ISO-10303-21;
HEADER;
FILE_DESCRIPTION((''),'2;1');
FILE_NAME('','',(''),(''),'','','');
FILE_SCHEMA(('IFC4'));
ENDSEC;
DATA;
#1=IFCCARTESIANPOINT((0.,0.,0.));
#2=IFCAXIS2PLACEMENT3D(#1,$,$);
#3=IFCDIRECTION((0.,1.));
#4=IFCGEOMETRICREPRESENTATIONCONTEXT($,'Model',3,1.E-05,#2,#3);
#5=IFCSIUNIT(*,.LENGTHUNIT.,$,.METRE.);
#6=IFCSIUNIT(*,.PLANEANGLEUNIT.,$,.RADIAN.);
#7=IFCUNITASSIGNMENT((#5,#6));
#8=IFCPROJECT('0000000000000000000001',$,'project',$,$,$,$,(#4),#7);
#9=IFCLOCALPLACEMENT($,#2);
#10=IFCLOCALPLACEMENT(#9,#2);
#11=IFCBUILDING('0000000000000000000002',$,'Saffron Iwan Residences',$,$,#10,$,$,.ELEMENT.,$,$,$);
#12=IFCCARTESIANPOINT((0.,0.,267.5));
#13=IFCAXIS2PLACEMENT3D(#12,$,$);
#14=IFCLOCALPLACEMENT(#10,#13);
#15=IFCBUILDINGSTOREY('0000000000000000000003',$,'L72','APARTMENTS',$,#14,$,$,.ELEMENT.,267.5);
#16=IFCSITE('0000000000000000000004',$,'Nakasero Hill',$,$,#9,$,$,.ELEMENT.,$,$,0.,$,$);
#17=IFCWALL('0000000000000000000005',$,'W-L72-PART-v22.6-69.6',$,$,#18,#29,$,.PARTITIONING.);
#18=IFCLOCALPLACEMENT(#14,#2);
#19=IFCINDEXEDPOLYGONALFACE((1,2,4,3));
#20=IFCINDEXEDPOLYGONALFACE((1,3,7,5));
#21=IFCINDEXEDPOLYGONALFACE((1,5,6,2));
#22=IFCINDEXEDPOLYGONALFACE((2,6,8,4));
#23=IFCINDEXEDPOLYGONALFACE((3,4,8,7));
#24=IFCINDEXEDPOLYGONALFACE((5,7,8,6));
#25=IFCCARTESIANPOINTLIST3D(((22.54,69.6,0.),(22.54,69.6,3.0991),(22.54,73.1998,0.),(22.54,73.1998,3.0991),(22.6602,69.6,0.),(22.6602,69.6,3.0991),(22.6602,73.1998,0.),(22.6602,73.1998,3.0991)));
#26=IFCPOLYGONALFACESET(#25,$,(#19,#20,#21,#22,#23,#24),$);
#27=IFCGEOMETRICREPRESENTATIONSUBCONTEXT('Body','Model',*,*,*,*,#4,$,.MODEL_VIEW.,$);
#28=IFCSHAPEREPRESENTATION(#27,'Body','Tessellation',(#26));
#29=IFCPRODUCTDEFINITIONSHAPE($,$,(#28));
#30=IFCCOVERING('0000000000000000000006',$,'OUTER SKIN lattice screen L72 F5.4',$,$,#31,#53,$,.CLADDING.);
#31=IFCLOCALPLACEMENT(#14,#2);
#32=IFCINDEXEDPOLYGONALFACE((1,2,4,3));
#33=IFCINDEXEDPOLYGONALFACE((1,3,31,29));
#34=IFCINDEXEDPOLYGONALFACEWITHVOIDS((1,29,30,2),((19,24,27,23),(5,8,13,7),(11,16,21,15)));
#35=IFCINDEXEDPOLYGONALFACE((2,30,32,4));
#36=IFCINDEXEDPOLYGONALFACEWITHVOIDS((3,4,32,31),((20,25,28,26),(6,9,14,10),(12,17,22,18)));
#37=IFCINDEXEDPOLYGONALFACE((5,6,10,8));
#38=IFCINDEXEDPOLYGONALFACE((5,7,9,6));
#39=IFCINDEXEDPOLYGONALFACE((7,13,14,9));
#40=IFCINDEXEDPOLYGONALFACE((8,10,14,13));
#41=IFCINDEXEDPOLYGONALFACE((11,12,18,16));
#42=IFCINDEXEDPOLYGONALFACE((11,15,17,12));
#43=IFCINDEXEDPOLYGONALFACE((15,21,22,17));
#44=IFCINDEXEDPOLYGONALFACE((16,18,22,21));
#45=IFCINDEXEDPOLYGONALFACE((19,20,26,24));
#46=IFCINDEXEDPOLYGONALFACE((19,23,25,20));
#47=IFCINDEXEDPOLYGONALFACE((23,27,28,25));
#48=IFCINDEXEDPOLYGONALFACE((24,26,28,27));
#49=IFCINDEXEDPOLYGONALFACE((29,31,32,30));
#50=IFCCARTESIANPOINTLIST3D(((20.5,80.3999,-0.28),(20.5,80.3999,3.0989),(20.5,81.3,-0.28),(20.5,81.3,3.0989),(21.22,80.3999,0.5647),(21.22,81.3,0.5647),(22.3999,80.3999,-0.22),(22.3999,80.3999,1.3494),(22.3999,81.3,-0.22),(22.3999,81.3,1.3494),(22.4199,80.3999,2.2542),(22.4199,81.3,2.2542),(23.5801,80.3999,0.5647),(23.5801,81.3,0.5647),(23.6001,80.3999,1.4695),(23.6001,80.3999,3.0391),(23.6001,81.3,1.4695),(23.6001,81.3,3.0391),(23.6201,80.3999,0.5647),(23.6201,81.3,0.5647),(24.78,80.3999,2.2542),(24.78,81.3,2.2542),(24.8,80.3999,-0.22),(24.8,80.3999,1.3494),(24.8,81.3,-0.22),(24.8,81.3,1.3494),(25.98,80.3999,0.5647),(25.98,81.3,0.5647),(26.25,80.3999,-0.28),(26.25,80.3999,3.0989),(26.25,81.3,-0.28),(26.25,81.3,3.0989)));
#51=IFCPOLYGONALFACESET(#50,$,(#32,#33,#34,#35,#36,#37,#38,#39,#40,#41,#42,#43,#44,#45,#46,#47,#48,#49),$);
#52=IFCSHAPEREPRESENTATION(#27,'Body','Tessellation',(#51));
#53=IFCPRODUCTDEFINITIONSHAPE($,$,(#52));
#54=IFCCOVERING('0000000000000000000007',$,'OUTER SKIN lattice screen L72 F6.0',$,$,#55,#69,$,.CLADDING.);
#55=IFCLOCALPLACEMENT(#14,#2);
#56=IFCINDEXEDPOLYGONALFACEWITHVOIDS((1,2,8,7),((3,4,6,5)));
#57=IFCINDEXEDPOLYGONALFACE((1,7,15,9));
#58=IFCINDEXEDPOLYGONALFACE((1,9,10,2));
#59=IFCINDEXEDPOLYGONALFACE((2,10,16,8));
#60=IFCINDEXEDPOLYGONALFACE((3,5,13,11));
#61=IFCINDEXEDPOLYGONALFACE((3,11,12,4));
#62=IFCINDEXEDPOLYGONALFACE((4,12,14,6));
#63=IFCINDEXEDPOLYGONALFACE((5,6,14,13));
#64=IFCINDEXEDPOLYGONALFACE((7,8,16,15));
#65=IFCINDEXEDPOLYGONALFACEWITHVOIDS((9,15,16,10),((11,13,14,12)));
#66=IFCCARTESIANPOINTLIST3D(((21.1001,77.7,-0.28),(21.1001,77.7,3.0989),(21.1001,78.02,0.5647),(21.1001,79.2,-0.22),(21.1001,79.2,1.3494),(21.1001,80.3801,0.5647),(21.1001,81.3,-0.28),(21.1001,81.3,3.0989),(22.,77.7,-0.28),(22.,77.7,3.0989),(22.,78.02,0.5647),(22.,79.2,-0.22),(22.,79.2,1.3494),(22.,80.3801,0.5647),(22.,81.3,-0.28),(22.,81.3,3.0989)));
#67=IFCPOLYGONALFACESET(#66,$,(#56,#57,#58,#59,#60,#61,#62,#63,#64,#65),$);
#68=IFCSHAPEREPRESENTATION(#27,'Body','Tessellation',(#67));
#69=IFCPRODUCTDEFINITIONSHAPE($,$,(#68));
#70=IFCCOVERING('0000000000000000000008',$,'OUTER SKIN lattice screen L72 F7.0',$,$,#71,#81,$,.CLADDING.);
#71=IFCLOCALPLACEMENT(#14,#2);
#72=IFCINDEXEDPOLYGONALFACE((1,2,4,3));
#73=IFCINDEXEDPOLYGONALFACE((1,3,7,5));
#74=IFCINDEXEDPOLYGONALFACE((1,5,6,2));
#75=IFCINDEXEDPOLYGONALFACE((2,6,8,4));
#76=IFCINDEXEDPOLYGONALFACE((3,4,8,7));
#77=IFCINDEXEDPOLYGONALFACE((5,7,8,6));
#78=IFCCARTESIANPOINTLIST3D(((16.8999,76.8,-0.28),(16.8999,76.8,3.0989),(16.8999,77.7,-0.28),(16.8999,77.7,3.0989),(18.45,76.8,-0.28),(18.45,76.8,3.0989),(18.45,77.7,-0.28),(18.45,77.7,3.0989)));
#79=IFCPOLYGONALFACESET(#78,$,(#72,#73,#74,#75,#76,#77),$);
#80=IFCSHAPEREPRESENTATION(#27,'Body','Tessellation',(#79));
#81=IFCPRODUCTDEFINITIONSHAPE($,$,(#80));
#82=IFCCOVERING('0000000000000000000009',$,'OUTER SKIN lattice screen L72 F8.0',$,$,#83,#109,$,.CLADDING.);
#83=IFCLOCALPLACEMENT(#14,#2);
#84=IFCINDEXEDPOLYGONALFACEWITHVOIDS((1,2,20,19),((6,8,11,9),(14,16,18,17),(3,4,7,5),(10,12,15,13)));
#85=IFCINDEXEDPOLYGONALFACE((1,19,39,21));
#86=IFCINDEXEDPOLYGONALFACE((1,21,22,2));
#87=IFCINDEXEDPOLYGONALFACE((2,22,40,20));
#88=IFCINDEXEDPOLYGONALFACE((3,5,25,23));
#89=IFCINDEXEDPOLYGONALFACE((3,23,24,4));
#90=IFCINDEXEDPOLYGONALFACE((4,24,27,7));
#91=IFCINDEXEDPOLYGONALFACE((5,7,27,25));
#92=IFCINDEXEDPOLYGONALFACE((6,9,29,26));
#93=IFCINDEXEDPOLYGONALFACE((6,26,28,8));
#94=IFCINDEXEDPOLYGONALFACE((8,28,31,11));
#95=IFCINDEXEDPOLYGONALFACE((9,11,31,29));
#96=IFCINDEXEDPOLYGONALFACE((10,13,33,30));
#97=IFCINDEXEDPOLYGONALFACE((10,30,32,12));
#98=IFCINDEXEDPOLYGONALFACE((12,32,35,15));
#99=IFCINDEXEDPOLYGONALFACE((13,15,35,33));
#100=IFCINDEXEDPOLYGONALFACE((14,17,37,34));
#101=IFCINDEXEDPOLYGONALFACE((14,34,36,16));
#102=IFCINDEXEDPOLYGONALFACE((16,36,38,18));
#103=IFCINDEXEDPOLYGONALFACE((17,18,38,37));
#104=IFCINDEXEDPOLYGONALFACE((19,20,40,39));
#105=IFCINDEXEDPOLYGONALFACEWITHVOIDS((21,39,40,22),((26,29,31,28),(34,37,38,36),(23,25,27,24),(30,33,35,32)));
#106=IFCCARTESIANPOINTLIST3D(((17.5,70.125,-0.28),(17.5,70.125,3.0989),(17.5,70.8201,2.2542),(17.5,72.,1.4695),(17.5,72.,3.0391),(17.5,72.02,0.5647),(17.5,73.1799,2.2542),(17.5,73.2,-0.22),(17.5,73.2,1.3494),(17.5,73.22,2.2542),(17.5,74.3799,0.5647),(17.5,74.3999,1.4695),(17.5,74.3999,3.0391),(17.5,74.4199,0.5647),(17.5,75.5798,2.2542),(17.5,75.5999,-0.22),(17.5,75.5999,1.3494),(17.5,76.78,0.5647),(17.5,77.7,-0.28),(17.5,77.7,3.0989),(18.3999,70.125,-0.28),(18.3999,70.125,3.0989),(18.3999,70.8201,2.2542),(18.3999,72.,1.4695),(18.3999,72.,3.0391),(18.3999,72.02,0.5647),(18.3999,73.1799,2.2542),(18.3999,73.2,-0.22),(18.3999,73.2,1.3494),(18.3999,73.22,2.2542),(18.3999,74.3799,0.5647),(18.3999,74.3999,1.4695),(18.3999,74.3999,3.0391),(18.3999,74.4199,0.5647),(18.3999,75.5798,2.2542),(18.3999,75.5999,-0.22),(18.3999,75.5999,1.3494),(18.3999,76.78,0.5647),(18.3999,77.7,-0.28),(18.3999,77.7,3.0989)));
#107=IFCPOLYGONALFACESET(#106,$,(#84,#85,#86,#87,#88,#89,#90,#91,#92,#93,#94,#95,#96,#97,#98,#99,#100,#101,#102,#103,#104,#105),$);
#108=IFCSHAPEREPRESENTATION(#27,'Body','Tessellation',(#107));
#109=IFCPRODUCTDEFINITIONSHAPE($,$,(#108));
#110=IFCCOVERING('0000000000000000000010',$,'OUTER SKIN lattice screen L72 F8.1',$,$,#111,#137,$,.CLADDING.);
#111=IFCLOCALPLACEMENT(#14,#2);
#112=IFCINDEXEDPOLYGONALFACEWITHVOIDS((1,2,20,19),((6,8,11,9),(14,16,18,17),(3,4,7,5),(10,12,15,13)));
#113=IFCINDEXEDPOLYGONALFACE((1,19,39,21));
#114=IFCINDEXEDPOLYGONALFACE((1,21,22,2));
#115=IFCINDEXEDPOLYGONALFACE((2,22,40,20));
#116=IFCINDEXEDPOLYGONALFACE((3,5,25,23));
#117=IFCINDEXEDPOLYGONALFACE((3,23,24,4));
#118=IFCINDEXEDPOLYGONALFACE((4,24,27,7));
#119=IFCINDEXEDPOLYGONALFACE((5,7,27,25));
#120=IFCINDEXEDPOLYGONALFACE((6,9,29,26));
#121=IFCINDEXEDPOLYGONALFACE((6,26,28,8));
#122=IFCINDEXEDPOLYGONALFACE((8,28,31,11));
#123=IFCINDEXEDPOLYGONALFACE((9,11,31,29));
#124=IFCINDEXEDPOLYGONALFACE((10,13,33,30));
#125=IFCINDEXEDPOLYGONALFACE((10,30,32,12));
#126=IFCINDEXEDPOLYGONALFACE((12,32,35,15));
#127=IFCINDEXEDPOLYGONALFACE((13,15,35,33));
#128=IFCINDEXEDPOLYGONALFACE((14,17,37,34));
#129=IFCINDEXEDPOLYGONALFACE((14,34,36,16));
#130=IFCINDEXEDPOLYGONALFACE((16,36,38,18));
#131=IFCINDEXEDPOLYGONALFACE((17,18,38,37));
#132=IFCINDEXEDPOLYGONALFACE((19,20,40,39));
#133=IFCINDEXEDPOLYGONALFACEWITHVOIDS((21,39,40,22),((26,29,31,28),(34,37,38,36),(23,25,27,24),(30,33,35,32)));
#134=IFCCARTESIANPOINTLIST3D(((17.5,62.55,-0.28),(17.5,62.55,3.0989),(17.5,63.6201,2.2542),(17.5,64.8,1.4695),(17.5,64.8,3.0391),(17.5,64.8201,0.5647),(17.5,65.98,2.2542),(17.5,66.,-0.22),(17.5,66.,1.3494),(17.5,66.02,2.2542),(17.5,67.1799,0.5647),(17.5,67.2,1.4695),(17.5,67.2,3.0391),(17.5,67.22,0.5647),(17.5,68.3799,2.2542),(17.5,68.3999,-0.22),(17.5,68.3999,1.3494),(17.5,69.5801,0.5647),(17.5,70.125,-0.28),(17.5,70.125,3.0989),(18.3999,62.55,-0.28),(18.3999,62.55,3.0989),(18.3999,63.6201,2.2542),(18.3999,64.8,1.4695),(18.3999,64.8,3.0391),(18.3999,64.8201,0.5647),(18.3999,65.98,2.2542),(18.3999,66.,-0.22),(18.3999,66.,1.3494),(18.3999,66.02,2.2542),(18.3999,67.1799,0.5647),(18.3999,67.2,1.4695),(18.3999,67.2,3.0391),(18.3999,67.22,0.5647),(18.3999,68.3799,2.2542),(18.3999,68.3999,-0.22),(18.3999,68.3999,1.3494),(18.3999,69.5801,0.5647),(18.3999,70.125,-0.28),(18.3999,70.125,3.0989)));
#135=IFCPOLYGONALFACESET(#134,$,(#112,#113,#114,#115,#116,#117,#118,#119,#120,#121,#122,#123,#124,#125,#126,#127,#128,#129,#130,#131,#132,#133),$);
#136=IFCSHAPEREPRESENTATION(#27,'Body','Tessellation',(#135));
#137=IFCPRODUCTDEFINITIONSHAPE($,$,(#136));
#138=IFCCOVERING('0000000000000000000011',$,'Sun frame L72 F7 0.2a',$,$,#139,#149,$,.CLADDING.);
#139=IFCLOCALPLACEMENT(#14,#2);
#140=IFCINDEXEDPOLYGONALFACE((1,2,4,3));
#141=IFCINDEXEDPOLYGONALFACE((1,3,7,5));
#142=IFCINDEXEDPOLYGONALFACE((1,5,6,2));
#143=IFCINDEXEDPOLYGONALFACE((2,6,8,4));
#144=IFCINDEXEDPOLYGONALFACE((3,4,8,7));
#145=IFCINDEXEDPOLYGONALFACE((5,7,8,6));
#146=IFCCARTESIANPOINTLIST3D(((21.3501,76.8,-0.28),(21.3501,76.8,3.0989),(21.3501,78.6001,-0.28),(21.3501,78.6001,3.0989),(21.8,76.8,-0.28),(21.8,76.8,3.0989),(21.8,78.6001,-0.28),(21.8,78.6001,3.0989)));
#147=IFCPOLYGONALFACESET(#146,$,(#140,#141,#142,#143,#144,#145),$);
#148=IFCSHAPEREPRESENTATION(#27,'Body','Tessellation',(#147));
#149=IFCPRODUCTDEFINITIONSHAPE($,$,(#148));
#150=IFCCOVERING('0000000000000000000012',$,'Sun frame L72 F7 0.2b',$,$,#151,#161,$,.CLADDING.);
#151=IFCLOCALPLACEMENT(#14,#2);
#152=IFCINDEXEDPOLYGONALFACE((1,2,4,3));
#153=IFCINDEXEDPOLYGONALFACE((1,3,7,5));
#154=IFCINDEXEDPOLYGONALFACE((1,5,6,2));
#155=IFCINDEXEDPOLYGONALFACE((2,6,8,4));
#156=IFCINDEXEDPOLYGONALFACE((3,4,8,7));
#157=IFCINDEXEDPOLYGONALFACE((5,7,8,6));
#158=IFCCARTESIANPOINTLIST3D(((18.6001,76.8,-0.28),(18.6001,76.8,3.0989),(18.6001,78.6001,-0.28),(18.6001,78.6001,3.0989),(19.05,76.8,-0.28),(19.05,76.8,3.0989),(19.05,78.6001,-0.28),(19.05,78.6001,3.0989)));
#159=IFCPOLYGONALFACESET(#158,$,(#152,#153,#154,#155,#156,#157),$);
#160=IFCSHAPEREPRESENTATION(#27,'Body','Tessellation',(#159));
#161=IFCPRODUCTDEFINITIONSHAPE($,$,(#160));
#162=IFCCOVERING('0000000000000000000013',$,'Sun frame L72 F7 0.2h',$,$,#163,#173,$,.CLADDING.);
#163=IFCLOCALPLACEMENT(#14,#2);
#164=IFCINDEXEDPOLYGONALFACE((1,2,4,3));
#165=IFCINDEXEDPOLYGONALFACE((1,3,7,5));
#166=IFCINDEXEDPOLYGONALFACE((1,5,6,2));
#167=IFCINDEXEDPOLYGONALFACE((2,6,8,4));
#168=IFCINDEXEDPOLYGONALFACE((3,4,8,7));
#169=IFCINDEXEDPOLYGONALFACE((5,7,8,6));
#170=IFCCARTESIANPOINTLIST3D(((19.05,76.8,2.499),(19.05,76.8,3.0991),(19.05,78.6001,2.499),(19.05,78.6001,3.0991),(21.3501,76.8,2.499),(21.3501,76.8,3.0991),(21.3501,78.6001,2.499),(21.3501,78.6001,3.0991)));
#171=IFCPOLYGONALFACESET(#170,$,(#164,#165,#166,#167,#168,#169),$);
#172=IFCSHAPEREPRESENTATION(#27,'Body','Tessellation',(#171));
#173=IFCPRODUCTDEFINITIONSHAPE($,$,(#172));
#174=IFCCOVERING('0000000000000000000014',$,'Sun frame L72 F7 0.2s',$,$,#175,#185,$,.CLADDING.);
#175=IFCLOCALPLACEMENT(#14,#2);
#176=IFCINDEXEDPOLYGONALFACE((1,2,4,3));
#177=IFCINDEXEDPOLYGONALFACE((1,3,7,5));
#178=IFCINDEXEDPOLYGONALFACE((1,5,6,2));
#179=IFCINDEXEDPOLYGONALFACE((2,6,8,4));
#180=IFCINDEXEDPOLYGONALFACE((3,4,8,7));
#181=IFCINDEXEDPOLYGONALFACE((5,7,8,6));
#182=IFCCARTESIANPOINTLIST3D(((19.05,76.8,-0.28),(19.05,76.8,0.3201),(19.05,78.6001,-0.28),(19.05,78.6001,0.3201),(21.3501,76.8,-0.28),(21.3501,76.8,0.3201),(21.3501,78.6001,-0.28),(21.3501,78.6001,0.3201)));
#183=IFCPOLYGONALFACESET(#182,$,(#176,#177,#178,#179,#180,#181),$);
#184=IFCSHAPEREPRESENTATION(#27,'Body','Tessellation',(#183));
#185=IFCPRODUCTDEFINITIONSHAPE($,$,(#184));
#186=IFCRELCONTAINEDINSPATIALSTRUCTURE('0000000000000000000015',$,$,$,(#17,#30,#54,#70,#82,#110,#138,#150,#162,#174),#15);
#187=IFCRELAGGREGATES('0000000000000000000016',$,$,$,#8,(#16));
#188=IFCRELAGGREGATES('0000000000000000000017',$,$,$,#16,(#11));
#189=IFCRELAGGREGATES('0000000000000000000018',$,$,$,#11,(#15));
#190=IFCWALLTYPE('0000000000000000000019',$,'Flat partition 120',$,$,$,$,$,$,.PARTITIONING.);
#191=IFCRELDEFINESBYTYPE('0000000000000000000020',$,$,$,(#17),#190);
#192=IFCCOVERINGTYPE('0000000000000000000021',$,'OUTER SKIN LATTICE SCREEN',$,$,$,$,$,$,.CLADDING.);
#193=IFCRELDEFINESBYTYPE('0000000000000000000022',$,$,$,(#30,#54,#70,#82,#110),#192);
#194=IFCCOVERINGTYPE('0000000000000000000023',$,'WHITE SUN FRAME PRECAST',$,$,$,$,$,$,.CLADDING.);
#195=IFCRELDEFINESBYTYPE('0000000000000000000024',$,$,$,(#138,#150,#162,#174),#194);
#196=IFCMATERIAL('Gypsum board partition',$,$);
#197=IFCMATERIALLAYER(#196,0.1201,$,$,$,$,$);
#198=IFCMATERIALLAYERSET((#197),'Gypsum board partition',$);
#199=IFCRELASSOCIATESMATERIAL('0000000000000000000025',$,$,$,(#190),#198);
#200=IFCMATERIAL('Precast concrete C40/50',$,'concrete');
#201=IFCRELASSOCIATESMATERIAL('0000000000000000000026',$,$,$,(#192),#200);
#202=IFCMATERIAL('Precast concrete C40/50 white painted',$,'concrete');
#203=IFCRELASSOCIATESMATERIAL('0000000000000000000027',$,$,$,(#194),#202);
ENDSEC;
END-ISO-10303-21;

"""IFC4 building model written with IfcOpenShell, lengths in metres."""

from ifc_helpers import new_model, si_unit, direction, frame, frame_2d, origin, place, context, subcontext, project, spatial, polyline, rectangle, outline, extrude, material, layer, layer_set, type_object, element, save


model = new_model("IFC4")

# Units and contexts
model_context = context("Model", 3, precision=1e-05, world=origin(), true_north=direction((0.0, 1.0)))
body_context = subcontext(model_context, "Body", "Model", "MODEL_VIEW")
ifc_project = project(units=[si_unit("LENGTHUNIT", "METRE"), si_unit("PLANEANGLEUNIT", "RADIAN")], contexts=[model_context])

# Site, building, storey
site_placement = place(None, origin())
site = spatial("IfcSite", under=ifc_project, at=site_placement, Name="Nakasero Hill", CompositionType="ELEMENT", RefElevation=0.0)
building_placement = place(site_placement, origin())
building = spatial("IfcBuilding", under=site, at=building_placement, Name="Saffron Iwan Residences", CompositionType="ELEMENT")
storey_placement = place(building_placement, frame((0.0, 0.0, 267.5)))
storey = spatial("IfcBuildingStorey", under=building, at=storey_placement, Name="L72", Description="APARTMENTS", CompositionType="ELEMENT", Elevation=267.5)

# Shared definitions
ifc_material_1 = material(Name="Gypsum board partition")
ifc_layer_1 = layer(ifc_material_1, 0.1201)
ifc_layer_set_1 = layer_set([ifc_layer_1], Name="Gypsum board partition")
wall_type_1 = type_object("IfcWallType", Name="Flat partition 120", PredefinedType="PARTITIONING", material=ifc_layer_set_1)

# Wall
wall_1_placement = place(storey_placement, frame((22.6001, 69.6001, 0.0), z_axis=(0.0, 0.0, 1.0), x_axis=(0.0, 1.0, 0.0)))
element("IfcWall", 1, at=wall_1_placement, inside=storey, type_object=wall_type_1, Name="W-L72-PART-v22.6-69.6", PredefinedType="PARTITIONING", context=body_context, shape_type="SweptSolid", body=[
    extrude(rectangle(XDim=3.5999, YDim=0.1201, at=frame_2d((1.7998, 0.0))), origin(), (0.0, 0.0, 1.0), 3.0991),
])

# Coverings
ifc_material_2 = material(Name="Precast concrete C40/50", Category="concrete")
covering_type_1 = type_object("IfcCoveringType", Name="OUTER SKIN LATTICE SCREEN", PredefinedType="CLADDING", material=ifc_material_2)
covering_1_placement = place(storey_placement, frame((26.25, 80.3999, -0.28), z_axis=(0.0, 1.0, 0.0), x_axis=(-1.0, 0.0, 0.0)))
element("IfcCovering", 2, at=covering_1_placement, inside=storey, type_object=covering_type_1, Name="OUTER SKIN lattice screen L72 F5.4", PredefinedType="CLADDING", context=body_context, shape_type="SweptSolid", body=[
    extrude(outline(polyline([(0.0, 0.0), (5.75, 0.0), (5.75, 3.3789), (0.0, 3.3789), (0.0, 0.0)]), holes=[polyline([(0.27, 0.8447), (1.45, 0.0601), (2.6299, 0.8447), (1.45, 1.6294), (0.27, 0.8447)]), polyline([(2.6699, 0.8447), (3.8501, 0.0601), (5.03, 0.8447), (3.8501, 1.6294), (2.6699, 0.8447)]), polyline([(1.47, 2.5342), (2.6499, 1.7495), (3.8301, 2.5342), (2.6499, 3.3191), (1.47, 2.5342)])]), origin(), (0.0, 0.0, 1.0), 0.9001),
])
covering_2_placement = place(storey_placement, frame((22.0, 81.3, -0.28), z_axis=(-1.0, 0.0, 0.0), x_axis=(0.0, -1.0, 0.0)))
element("IfcCovering", 3, at=covering_2_placement, inside=storey, type_object=covering_type_1, Name="OUTER SKIN lattice screen L72 F6.0", PredefinedType="CLADDING", context=body_context, shape_type="SweptSolid", body=[
    extrude(outline(polyline([(0.0, 0.0), (3.6001, 0.0), (3.6001, 3.3789), (0.0, 3.3789), (0.0, 0.0)]), holes=[polyline([(0.9199, 0.8447), (2.1001, 0.0601), (3.28, 0.8447), (2.1001, 1.6294), (0.9199, 0.8447)])]), origin(), (0.0, 0.0, 1.0), 0.8999),
])
covering_3_placement = place(storey_placement, frame((18.45, 76.8, -0.28), z_axis=(0.0, 1.0, 0.0), x_axis=(-1.0, 0.0, 0.0)))
element("IfcCovering", 4, at=covering_3_placement, inside=storey, type_object=covering_type_1, Name="OUTER SKIN lattice screen L72 F7.0", PredefinedType="CLADDING", context=body_context, shape_type="SweptSolid", body=[
    extrude(outline(polyline([(0.0, 0.0), (1.55, 0.0), (1.55, 3.3789), (0.0, 3.3789), (0.0, 0.0)])), origin(), (0.0, 0.0, 1.0), 0.8999),
])
covering_4_placement = place(storey_placement, frame((18.3999, 77.7, -0.28), z_axis=(-1.0, 0.0, 0.0), x_axis=(0.0, -1.0, 0.0)))
element("IfcCovering", 5, at=covering_4_placement, inside=storey, type_object=covering_type_1, Name="OUTER SKIN lattice screen L72 F8.0", PredefinedType="CLADDING", context=body_context, shape_type="SweptSolid", body=[
    extrude(outline(polyline([(0.0, 0.0), (7.575, 0.0), (7.575, 3.3789), (0.0, 3.3789), (0.0, 0.0)]), holes=[polyline([(0.9199, 0.8447), (2.1001, 0.0601), (3.28, 0.8447), (2.1001, 1.6294), (0.9199, 0.8447)]), polyline([(3.3201, 0.8447), (4.5, 0.0601), (5.6799, 0.8447), (4.5, 1.6294), (3.3201, 0.8447)]), polyline([(2.1201, 2.5342), (3.3, 1.7495), (4.48, 2.5342), (3.3, 3.3191), (2.1201, 2.5342)]), polyline([(4.52, 2.5342), (5.7, 1.7495), (6.8799, 2.5342), (5.7, 3.3191), (4.52, 2.5342)])]), origin(), (0.0, 0.0, 1.0), 0.8999),
])
covering_5_placement = place(storey_placement, frame((18.3999, 70.125, -0.28), z_axis=(-1.0, 0.0, 0.0), x_axis=(0.0, -1.0, 0.0)))
element("IfcCovering", 6, at=covering_5_placement, inside=storey, type_object=covering_type_1, Name="OUTER SKIN lattice screen L72 F8.1", PredefinedType="CLADDING", context=body_context, shape_type="SweptSolid", body=[
    extrude(outline(polyline([(0.0, 0.0), (7.575, 0.0), (7.575, 3.3789), (0.0, 3.3789), (0.0, 0.0)]), holes=[polyline([(0.5449, 0.8447), (1.7251, 0.0601), (2.905, 0.8447), (1.7251, 1.6294), (0.5449, 0.8447)]), polyline([(2.9451, 0.8447), (4.125, 0.0601), (5.3049, 0.8447), (4.125, 1.6294), (2.9451, 0.8447)]), polyline([(1.7451, 2.5342), (2.925, 1.7495), (4.105, 2.5342), (2.925, 3.3191), (1.7451, 2.5342)]), polyline([(4.145, 2.5342), (5.325, 1.7495), (6.5049, 2.5342), (5.325, 3.3191), (4.145, 2.5342)])]), origin(), (0.0, 0.0, 1.0), 0.8999),
])
ifc_material_3 = material(Name="Precast concrete C40/50 white painted", Category="concrete")
covering_type_2 = type_object("IfcCoveringType", Name="WHITE SUN FRAME PRECAST", PredefinedType="CLADDING", material=ifc_material_3)
for number, where, z_axis, x_axis, name in (
    (7, (21.8, 76.8, -0.28), (0.0, 1.0, 0.0), (-1.0, 0.0, 0.0), "Sun frame L72 F7 0.2a"),
    (8, (19.05, 76.8, -0.28), (0.0, 1.0, 0.0), (-1.0, 0.0, 0.0), "Sun frame L72 F7 0.2b"),
):
    element("IfcCovering", number, at=place(storey_placement, frame(where, z_axis=z_axis, x_axis=x_axis)), inside=storey, type_object=covering_type_2, Name=name, PredefinedType="CLADDING", context=body_context, shape_type="SweptSolid", body=[
        extrude(outline(polyline([(0.0, 0.0), (0.45, 0.0), (0.45, 3.3789), (0.0, 3.3789), (0.0, 0.0)])), origin(), (0.0, 0.0, 1.0), 1.8),
    ])
for number, where, z_axis, x_axis, name in (
    (9, (21.3501, 76.8, 2.499), (0.0, 1.0, 0.0), (-1.0, 0.0, 0.0), "Sun frame L72 F7 0.2h"),
    (10, (21.3501, 76.8, -0.28), (0.0, 1.0, 0.0), (-1.0, 0.0, 0.0), "Sun frame L72 F7 0.2s"),
):
    element("IfcCovering", number, at=place(storey_placement, frame(where, z_axis=z_axis, x_axis=x_axis)), inside=storey, type_object=covering_type_2, Name=name, PredefinedType="CLADDING", context=body_context, shape_type="SweptSolid", body=[
        extrude(outline(polyline([(0.0, 0.0), (2.3, 0.0), (2.3, 0.6001), (0.0, 0.6001), (0.0, 0.0)])), origin(), (0.0, 0.0, 1.0), 1.8),
    ])

save(model, "model.ifc")
